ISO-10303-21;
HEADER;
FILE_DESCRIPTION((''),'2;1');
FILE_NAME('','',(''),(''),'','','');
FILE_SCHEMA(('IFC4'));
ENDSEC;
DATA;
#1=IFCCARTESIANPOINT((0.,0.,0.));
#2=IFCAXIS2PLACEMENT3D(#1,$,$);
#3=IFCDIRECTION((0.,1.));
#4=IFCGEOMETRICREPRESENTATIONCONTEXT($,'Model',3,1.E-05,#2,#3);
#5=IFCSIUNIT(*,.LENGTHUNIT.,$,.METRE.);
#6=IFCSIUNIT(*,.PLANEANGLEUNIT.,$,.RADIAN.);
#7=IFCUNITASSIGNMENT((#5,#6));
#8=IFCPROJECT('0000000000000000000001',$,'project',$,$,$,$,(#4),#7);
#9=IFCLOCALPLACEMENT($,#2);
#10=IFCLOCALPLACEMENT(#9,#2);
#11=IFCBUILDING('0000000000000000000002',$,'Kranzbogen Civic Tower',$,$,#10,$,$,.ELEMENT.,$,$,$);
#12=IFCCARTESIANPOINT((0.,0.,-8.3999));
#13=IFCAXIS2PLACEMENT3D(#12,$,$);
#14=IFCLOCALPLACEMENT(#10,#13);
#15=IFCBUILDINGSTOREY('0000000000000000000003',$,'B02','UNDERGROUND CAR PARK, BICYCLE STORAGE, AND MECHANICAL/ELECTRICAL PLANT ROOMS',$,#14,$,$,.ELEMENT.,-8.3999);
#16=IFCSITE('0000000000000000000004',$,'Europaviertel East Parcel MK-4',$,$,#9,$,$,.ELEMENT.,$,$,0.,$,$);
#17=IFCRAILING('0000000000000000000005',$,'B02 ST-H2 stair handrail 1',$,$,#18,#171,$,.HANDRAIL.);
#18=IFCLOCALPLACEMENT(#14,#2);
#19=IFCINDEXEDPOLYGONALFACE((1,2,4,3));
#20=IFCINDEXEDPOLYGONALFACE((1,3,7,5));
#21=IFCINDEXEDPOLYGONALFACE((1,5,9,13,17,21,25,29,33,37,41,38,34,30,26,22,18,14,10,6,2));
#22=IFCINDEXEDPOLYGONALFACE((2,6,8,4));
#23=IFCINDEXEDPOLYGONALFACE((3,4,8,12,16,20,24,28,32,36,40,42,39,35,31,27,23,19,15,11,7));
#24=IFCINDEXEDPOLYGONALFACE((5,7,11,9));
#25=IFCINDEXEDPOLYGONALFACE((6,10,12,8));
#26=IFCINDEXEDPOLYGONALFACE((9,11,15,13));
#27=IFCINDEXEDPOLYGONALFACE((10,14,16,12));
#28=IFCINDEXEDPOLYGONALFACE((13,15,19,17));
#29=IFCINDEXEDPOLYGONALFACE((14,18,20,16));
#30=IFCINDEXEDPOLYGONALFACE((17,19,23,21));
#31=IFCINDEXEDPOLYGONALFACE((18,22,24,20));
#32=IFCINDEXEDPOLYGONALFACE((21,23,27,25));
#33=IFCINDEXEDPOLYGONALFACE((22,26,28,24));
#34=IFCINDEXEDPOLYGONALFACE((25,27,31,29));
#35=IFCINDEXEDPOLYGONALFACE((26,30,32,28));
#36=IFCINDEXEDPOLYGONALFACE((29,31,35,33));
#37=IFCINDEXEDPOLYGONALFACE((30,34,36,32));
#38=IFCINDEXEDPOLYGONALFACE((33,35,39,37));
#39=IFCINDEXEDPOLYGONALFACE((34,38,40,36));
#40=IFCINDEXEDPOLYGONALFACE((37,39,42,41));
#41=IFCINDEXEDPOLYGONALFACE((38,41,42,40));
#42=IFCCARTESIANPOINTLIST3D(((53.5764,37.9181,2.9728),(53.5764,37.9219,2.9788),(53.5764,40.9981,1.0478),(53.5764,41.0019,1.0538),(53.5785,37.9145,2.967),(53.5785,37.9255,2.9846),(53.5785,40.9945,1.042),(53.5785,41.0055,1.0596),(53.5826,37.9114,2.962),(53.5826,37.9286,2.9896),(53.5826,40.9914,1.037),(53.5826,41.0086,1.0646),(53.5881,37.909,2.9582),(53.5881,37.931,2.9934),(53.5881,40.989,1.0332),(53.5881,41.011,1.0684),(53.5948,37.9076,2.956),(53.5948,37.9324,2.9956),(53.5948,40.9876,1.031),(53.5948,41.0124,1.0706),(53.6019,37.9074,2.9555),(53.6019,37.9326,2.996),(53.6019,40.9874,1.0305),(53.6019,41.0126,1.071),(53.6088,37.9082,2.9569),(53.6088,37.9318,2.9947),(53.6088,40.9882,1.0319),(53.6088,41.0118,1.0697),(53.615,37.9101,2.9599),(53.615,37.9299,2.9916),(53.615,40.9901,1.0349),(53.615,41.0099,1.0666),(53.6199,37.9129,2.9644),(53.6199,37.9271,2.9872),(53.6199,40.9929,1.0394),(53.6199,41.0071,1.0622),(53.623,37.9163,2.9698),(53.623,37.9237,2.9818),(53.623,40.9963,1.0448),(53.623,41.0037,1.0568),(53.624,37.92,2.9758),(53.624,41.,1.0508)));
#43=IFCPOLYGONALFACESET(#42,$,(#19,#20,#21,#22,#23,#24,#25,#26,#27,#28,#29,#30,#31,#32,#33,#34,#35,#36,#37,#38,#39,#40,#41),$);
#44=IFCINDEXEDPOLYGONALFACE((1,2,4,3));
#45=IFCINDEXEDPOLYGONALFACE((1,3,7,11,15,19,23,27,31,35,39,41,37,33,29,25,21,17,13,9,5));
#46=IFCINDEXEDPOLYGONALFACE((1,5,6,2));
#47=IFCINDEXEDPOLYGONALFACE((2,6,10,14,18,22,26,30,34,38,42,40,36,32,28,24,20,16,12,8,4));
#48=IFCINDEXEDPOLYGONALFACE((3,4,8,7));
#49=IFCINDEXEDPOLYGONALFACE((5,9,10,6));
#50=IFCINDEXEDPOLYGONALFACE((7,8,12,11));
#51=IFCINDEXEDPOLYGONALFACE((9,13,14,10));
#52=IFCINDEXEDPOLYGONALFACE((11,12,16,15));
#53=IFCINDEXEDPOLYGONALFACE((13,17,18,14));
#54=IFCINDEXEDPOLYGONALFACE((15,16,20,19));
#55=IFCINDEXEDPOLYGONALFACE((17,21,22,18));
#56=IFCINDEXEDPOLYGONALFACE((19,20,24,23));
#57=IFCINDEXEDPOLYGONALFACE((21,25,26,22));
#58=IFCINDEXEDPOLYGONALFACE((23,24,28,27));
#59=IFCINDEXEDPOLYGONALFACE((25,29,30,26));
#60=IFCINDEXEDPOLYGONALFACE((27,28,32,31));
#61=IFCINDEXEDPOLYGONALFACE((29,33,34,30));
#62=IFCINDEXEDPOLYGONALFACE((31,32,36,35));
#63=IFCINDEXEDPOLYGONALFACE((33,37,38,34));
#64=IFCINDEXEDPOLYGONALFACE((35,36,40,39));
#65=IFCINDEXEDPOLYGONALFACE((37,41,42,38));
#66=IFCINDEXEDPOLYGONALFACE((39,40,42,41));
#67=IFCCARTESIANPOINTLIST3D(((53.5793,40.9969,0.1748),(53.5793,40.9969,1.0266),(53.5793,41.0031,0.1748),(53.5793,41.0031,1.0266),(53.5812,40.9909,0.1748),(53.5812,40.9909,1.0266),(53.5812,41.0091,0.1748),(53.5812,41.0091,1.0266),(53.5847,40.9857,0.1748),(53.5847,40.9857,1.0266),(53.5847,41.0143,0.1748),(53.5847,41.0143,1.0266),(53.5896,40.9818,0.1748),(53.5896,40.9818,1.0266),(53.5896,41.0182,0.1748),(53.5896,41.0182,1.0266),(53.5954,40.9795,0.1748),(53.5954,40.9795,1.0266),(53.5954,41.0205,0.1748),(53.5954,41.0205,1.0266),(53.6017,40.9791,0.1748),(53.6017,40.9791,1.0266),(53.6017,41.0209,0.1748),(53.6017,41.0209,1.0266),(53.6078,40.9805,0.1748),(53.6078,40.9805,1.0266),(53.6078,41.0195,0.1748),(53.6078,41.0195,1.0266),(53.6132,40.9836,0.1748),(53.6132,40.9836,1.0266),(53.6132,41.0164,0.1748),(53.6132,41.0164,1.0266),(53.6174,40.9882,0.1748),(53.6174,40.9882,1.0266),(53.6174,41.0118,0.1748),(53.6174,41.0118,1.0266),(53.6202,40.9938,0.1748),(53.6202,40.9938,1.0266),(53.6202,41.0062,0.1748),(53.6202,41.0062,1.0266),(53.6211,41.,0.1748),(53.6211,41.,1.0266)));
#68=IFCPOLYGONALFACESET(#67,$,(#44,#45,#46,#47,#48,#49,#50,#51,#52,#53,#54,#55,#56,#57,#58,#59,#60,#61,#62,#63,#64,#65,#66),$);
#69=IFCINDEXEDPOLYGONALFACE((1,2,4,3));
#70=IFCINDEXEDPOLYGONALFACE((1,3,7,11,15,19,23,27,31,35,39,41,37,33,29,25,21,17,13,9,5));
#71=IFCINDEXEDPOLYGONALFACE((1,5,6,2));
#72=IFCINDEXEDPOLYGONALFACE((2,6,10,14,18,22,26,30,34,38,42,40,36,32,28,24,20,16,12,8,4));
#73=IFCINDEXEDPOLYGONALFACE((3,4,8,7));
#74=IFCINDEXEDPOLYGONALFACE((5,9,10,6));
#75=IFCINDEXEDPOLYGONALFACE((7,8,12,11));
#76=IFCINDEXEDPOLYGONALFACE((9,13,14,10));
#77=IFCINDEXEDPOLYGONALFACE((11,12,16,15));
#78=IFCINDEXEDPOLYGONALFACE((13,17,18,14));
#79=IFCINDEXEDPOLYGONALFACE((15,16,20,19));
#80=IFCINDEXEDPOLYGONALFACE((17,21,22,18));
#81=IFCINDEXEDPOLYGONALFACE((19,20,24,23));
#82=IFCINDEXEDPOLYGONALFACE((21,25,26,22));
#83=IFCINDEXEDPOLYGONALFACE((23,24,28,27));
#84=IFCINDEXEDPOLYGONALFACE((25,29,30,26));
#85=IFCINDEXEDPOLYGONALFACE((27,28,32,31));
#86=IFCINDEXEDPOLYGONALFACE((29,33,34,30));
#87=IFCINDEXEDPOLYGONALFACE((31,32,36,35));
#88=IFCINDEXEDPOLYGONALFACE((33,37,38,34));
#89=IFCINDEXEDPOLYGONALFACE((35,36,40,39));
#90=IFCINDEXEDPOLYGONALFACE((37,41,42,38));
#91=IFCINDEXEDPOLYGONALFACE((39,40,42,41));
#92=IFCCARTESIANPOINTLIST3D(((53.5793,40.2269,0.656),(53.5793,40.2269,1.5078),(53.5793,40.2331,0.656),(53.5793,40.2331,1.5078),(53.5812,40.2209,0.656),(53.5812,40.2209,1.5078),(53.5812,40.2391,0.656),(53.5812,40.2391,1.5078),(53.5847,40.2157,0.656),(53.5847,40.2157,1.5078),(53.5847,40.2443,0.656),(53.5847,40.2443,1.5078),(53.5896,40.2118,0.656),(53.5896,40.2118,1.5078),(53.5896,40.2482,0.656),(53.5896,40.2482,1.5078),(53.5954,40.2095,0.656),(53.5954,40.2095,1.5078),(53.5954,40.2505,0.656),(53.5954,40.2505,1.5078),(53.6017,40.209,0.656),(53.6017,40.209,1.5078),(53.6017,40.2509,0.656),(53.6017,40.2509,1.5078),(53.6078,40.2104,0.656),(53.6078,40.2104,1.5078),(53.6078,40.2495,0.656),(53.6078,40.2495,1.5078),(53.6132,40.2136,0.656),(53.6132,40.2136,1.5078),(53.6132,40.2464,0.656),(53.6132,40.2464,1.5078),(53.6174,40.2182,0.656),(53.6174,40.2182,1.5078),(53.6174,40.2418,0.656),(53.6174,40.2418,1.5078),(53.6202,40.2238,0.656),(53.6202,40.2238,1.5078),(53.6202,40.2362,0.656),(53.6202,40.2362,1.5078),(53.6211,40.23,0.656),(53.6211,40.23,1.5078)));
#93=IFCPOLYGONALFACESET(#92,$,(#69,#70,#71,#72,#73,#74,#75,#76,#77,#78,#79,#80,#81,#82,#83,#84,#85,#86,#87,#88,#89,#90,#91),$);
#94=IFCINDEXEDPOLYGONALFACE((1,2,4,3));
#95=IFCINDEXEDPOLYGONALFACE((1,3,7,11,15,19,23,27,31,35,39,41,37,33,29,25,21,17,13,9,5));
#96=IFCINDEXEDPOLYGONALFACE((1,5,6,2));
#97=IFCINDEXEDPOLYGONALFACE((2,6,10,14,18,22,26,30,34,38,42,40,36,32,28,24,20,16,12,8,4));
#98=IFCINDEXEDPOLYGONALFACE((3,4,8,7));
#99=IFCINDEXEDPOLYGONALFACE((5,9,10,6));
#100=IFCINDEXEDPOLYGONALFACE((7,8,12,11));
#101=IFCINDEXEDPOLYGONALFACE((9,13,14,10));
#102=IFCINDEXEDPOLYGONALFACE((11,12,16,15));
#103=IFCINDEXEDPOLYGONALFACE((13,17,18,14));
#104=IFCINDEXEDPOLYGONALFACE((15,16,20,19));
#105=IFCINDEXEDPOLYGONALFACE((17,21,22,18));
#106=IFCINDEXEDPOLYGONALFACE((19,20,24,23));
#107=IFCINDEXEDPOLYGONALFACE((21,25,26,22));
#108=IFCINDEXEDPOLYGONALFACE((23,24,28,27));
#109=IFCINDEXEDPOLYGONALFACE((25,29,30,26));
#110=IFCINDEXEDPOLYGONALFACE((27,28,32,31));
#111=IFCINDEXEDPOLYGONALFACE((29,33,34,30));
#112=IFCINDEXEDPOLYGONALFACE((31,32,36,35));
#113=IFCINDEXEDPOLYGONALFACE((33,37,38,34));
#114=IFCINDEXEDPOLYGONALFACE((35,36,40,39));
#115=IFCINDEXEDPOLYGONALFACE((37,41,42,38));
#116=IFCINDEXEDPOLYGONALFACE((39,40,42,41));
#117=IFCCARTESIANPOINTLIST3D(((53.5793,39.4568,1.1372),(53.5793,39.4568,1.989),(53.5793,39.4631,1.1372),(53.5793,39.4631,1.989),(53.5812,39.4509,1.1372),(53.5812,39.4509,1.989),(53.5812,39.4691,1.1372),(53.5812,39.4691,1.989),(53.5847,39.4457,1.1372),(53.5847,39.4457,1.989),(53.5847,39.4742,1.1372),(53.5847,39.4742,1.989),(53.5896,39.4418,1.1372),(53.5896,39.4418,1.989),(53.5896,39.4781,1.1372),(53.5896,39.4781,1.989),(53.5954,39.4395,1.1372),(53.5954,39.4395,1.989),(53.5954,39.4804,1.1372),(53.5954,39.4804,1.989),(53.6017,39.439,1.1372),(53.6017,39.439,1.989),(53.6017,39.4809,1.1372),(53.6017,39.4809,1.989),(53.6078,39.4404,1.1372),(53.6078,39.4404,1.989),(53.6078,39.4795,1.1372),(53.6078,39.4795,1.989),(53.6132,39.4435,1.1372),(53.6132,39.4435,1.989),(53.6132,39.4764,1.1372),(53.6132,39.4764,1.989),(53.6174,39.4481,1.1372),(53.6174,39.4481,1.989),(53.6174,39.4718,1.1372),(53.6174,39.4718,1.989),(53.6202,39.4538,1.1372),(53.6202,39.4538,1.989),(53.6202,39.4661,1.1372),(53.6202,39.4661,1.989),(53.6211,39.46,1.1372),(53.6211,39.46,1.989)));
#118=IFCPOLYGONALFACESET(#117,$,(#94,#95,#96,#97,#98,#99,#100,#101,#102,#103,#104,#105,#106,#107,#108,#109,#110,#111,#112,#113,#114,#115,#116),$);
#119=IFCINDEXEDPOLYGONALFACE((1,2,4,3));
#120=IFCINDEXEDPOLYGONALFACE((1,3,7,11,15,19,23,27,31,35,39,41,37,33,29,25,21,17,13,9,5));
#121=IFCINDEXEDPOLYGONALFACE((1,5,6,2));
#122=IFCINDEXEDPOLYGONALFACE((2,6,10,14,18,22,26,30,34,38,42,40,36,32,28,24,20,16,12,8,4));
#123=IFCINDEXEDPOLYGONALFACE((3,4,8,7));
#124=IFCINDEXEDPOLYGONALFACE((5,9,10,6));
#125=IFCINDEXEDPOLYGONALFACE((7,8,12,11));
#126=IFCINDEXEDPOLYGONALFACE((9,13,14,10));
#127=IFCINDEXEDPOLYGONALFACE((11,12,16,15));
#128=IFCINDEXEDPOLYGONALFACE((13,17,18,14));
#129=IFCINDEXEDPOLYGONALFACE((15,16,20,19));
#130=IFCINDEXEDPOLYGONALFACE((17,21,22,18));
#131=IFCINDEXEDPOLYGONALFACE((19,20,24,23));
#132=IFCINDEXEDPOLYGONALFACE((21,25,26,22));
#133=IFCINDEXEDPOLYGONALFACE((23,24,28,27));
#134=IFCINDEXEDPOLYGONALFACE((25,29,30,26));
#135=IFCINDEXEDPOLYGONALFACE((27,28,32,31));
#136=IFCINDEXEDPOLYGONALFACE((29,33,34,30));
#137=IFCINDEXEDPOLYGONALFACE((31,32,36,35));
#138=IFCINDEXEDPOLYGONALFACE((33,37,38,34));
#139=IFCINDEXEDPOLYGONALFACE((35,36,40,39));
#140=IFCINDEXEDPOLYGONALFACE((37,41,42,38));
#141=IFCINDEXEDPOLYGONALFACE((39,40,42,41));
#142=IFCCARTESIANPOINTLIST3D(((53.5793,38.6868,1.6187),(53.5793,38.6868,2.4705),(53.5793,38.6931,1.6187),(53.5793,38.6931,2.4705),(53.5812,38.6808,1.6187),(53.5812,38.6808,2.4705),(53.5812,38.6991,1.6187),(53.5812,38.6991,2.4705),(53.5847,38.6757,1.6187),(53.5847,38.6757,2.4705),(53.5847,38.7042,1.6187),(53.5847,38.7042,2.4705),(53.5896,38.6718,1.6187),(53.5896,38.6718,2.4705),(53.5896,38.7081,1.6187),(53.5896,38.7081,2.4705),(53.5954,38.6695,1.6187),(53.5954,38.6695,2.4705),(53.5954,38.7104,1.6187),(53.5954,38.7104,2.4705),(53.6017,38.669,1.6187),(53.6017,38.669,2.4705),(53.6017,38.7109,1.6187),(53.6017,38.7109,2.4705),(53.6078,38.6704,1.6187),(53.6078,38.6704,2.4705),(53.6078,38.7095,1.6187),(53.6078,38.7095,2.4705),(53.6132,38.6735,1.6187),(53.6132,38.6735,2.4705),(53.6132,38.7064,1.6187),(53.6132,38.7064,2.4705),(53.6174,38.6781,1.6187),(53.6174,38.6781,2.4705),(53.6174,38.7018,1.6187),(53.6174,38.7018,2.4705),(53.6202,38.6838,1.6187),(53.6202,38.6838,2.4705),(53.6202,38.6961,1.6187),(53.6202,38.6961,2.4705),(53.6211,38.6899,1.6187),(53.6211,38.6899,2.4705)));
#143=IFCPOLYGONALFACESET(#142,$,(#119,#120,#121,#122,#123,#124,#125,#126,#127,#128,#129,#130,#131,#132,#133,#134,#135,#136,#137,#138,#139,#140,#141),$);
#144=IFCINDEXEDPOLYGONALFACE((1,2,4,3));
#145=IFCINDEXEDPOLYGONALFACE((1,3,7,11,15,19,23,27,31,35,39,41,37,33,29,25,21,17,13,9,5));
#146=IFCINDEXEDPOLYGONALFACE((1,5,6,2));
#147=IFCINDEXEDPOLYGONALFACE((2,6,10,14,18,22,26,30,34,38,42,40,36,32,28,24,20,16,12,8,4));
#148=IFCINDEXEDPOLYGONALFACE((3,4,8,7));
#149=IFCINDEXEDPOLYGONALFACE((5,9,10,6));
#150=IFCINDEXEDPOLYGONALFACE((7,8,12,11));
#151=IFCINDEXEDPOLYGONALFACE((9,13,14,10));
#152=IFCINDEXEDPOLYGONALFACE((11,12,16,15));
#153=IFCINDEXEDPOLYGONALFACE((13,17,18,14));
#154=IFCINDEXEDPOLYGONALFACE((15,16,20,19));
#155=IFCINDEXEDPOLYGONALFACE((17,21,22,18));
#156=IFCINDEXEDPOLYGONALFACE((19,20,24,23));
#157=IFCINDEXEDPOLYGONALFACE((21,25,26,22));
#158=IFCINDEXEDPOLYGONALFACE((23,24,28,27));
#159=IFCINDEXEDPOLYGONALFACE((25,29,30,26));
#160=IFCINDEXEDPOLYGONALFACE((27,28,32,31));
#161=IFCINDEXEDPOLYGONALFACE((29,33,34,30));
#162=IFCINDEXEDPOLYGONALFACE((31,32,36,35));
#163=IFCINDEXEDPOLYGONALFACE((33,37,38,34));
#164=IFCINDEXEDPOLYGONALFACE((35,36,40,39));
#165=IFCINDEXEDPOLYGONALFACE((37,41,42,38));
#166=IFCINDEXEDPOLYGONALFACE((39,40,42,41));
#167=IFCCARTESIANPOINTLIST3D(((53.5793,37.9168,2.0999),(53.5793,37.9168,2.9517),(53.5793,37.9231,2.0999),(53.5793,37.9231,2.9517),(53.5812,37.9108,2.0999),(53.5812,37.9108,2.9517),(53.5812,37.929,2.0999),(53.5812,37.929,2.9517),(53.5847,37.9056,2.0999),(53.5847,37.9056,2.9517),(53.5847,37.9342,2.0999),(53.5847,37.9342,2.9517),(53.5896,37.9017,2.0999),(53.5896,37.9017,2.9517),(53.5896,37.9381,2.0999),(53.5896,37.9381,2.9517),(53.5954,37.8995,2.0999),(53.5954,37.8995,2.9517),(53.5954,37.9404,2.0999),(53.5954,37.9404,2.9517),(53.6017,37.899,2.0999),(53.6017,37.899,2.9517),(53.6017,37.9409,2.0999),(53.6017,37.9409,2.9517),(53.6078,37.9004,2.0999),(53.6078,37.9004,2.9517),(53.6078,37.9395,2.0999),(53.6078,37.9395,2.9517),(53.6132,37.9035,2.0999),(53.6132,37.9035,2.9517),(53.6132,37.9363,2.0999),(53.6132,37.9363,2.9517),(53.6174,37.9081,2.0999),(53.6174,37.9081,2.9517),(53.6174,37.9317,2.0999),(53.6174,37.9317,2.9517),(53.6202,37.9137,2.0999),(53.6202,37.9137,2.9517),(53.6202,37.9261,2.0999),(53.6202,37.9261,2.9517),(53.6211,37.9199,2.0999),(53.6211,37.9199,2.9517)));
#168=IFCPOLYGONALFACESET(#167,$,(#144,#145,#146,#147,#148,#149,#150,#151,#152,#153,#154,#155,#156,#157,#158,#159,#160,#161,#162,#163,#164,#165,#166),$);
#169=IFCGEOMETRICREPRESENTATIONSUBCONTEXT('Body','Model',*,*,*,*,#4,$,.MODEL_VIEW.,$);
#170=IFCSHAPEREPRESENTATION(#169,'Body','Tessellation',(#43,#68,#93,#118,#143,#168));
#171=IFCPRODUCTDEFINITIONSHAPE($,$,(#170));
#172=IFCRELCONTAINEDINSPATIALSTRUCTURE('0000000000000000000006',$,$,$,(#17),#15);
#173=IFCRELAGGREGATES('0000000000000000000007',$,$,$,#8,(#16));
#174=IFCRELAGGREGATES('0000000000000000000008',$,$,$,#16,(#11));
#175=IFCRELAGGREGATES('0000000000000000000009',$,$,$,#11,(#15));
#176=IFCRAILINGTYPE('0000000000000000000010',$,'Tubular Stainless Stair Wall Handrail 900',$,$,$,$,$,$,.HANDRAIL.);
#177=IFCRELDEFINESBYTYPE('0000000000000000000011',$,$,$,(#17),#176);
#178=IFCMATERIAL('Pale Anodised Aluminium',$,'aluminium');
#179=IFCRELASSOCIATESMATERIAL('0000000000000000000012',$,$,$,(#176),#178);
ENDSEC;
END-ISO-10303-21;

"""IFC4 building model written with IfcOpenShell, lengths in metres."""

from ifc_helpers import new_model, si_unit, direction, frame, origin, origin_2d, place, context, subcontext, project, spatial, circle, extrude, material, type_object, element, save


model = new_model("IFC4")

# Units and contexts
model_context = context("Model", 3, precision=1e-05, world=origin(), true_north=direction((0.0, 1.0)))
body_context = subcontext(model_context, "Body", "Model", "MODEL_VIEW")
ifc_project = project(units=[si_unit("LENGTHUNIT", "METRE"), si_unit("PLANEANGLEUNIT", "RADIAN")], contexts=[model_context])

# Site, building, storey
site_placement = place(None, origin())
site = spatial("IfcSite", under=ifc_project, at=site_placement, Name="Europaviertel East Parcel MK-4", CompositionType="ELEMENT", RefElevation=0.0)
building_placement = place(site_placement, origin())
building = spatial("IfcBuilding", under=site, at=building_placement, Name="Kranzbogen Civic Tower", CompositionType="ELEMENT")
storey_placement = place(building_placement, frame((0.0, 0.0, -8.3999)))
storey = spatial("IfcBuildingStorey", under=building, at=storey_placement, Name="B02", Description="UNDERGROUND CAR PARK, BICYCLE STORAGE, AND MECHANICAL/ELECTRICAL PLANT ROOMS", CompositionType="ELEMENT", Elevation=-8.3999)

# Railing
ifc_material_1 = material(Name="Pale Anodised Aluminium", Category="aluminium")
railing_type_1 = type_object("IfcRailingType", Name="Tubular Stainless Stair Wall Handrail 900", PredefinedType="HANDRAIL", material=ifc_material_1)
railing_1_placement = place(storey_placement, frame((53.6001, 41.0, 0.1748)))
element("IfcRailing", 1, at=railing_1_placement, inside=storey, type_object=railing_type_1, Name="B02 ST-H2 stair handrail 1", PredefinedType="HANDRAIL", context=body_context, shape_type="SweptSolid", body=[
    extrude(circle(Radius=0.0239, at=origin_2d()), frame((0.0, 0.0, 0.876), z_axis=(0.0, -0.847998, 0.529999), x_axis=(1.0, 0.0, 0.0)), (0.0, 0.0, 1.0), 3.6321),
    extrude(circle(Radius=0.021, at=origin_2d()), origin(), (0.0, 0.0, 1.0), 0.8518),
    extrude(circle(Radius=0.021, at=origin_2d()), frame((0.0, -0.77, 0.4812)), (0.0, 0.0, 1.0), 0.8518),
    extrude(circle(Radius=0.021, at=origin_2d()), frame((0.0, -1.54, 0.9624)), (0.0, 0.0, 1.0), 0.8518),
    extrude(circle(Radius=0.021, at=origin_2d()), frame((0.0, -2.3101, 1.4438)), (0.0, 0.0, 1.0), 0.8518),
    extrude(circle(Radius=0.021, at=origin_2d()), frame((0.0, -3.0801, 1.925)), (0.0, 0.0, 1.0), 0.8518),
])

save(model, "model.ifc")
